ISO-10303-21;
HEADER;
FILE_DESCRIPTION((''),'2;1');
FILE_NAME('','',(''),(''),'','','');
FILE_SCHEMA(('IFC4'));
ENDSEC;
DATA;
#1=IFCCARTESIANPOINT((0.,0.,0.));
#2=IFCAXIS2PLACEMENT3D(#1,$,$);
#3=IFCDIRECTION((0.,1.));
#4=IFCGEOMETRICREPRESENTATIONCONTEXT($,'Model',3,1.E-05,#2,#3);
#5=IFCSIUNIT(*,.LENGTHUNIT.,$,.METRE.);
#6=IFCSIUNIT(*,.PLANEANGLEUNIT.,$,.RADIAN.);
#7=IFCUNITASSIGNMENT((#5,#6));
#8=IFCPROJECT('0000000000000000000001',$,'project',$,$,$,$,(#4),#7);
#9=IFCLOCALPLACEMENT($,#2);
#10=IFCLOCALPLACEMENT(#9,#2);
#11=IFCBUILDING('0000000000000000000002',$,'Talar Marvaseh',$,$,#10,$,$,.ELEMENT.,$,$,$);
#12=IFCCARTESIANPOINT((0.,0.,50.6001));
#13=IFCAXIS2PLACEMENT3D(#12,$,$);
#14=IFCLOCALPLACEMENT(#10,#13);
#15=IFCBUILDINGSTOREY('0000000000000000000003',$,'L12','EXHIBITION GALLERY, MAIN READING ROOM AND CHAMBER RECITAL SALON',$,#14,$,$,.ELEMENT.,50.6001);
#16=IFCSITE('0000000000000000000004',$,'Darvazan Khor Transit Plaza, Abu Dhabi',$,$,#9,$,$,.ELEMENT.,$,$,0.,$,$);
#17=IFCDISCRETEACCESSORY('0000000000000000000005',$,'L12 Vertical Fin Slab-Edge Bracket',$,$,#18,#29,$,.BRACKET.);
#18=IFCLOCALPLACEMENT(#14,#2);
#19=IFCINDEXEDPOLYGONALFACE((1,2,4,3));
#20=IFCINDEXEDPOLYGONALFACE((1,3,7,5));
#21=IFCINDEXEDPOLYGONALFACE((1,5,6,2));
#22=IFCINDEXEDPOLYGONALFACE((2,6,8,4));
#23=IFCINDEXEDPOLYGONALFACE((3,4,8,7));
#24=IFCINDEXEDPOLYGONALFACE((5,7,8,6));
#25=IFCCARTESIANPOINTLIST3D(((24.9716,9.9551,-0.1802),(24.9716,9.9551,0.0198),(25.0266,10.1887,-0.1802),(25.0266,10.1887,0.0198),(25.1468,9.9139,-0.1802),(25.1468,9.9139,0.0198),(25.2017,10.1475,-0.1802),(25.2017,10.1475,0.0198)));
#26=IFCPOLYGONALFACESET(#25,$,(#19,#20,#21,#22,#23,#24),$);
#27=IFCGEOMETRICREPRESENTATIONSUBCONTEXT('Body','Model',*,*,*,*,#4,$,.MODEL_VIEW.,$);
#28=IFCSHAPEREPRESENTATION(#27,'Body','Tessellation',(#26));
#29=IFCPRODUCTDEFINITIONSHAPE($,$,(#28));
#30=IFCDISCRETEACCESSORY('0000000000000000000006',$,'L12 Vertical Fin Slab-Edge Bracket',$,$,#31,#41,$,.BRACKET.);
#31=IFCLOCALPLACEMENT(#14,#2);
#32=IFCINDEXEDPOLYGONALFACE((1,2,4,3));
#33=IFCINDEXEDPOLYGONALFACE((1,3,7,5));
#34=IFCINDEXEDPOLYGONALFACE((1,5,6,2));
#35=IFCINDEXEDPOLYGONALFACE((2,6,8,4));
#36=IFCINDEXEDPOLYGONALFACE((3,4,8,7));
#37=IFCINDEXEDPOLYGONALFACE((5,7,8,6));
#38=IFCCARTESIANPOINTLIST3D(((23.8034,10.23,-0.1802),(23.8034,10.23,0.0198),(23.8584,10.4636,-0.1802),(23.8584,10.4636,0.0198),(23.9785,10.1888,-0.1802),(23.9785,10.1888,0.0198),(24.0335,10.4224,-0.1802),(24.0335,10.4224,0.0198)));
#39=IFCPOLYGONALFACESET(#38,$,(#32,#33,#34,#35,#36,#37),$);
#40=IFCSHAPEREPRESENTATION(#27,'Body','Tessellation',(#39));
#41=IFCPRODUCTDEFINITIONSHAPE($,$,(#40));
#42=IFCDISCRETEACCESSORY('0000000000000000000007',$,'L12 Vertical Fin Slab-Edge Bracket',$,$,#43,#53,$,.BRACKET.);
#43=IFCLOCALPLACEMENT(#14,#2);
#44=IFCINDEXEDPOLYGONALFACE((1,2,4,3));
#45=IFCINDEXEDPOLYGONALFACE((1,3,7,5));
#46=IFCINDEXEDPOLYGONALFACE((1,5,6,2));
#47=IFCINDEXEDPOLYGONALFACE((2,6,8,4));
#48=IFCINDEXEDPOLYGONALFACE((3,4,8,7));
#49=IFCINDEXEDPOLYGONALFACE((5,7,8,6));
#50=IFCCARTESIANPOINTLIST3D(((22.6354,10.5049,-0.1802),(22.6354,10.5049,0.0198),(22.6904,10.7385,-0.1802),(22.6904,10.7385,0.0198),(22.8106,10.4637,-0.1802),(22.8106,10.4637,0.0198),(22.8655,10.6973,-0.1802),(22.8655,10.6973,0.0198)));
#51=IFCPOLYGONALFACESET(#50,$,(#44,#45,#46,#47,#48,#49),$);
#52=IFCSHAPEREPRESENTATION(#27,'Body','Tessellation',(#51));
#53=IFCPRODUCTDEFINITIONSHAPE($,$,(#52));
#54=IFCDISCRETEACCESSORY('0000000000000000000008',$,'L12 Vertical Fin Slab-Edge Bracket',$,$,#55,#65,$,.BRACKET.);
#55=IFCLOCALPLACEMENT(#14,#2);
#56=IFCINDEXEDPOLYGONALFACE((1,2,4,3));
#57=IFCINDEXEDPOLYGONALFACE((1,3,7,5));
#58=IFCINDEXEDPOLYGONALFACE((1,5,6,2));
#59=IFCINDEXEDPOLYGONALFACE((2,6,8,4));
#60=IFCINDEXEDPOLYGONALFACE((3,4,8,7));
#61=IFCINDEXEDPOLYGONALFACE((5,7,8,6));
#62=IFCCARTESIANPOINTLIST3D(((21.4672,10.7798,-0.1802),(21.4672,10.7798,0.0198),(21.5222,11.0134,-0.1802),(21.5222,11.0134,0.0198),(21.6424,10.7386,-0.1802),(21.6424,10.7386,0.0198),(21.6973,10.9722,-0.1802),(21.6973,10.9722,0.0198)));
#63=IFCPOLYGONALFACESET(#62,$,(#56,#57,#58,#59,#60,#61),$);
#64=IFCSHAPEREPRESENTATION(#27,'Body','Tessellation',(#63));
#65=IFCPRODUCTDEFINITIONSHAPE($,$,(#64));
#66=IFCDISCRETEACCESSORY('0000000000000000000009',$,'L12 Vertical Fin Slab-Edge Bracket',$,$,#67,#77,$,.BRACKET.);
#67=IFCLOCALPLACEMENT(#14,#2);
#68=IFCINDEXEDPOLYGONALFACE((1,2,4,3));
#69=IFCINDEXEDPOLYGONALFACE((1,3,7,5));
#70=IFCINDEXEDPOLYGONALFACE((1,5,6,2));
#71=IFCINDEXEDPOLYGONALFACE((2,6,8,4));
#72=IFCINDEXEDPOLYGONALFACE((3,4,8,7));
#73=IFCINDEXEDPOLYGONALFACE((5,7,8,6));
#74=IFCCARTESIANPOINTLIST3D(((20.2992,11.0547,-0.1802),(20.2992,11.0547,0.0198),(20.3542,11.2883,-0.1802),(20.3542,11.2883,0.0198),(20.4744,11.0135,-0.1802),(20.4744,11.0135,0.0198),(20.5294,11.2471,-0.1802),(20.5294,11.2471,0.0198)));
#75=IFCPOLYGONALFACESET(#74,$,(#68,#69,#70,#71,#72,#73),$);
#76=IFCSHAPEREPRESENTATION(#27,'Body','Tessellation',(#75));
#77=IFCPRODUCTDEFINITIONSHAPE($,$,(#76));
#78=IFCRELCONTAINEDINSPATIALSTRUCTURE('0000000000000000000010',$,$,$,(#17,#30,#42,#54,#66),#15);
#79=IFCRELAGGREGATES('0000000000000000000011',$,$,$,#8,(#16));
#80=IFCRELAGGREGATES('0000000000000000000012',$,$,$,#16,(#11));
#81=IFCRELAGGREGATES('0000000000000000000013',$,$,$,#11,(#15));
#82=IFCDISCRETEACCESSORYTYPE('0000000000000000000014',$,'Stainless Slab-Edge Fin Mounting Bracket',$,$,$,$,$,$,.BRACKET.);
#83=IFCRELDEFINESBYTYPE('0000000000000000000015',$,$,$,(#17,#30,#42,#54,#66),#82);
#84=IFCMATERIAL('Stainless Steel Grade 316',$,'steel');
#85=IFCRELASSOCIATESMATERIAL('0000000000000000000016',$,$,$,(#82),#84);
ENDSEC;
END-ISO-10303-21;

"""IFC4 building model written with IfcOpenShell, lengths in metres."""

from ifc_helpers import new_model, si_unit, direction, frame, origin, origin_2d, place, context, subcontext, project, spatial, rectangle, extrude, source, transform, mapped, material, type_object, type_shapes, element, save


model = new_model("IFC4")

# Units and contexts
model_context = context("Model", 3, precision=1e-05, world=origin(), true_north=direction((0.0, 1.0)))
body_context = subcontext(model_context, "Body", "Model", "MODEL_VIEW")
ifc_project = project(units=[si_unit("LENGTHUNIT", "METRE"), si_unit("PLANEANGLEUNIT", "RADIAN")], contexts=[model_context])

# Site, building, storey
site_placement = place(None, origin())
site = spatial("IfcSite", under=ifc_project, at=site_placement, Name="Darvazan Khor Transit Plaza, Abu Dhabi", CompositionType="ELEMENT", RefElevation=0.0)
building_placement = place(site_placement, origin())
building = spatial("IfcBuilding", under=site, at=building_placement, Name="Talar Marvaseh", CompositionType="ELEMENT")
storey_placement = place(building_placement, frame((0.0, 0.0, 50.6001)))
storey = spatial("IfcBuildingStorey", under=building, at=storey_placement, Name="L12", Description="EXHIBITION GALLERY, MAIN READING ROOM AND CHAMBER RECITAL SALON", CompositionType="ELEMENT", Elevation=50.6001)

# Discrete accessories
ifc_material_1 = material(Name="Stainless Steel Grade 316", Category="steel")
discrete_accessory_type = type_object("IfcDiscreteAccessoryType", Name="Stainless Slab-Edge Fin Mounting Bracket", PredefinedType="BRACKET", material=ifc_material_1)
shared_shape_1 = source(origin(), body_context, "Body", "SweptSolid", [
    extrude(rectangle(XDim=0.24, YDim=0.1799, at=origin_2d()), origin(), (0.0, 0.0, 1.0), 0.2),
])
type_shapes(discrete_accessory_type, [shared_shape_1])
for number, where, z_axis, x_axis, name in (
    (1, (25.0867, 10.0513, -0.1802), (0.0, 0.0, 1.0), (-0.229031, -0.973419, 0.0), "L12 Vertical Fin Slab-Edge Bracket"),
    (2, (23.9185, 10.3262, -0.1802), (0.0, 0.0, 1.0), (-0.229031, -0.973419, 0.0), "L12 Vertical Fin Slab-Edge Bracket"),
    (3, (22.7505, 10.6011, -0.1802), (0.0, 0.0, 1.0), (-0.229031, -0.973419, 0.0), "L12 Vertical Fin Slab-Edge Bracket"),
    (4, (21.5823, 10.876, -0.1802), (0.0, 0.0, 1.0), (-0.229031, -0.973419, 0.0), "L12 Vertical Fin Slab-Edge Bracket"),
    (5, (20.4143, 11.1509, -0.1802), (0.0, 0.0, 1.0), (-0.229031, -0.973419, 0.0), "L12 Vertical Fin Slab-Edge Bracket"),
):
    element("IfcDiscreteAccessory", number, at=place(storey_placement, frame(where, z_axis=z_axis, x_axis=x_axis)), inside=storey, type_object=discrete_accessory_type, Name=name, PredefinedType="BRACKET", context=body_context, shape_type="MappedRepresentation", body=[
        mapped(shared_shape_1, transform((0.0, 0.0, 0.0), x_axis=(1.0, 0.0, 0.0), y_axis=(0.0, 1.0, 0.0), z_axis=(0.0, 0.0, 1.0), scale=1.0)),
    ])

save(model, "model.ifc")
